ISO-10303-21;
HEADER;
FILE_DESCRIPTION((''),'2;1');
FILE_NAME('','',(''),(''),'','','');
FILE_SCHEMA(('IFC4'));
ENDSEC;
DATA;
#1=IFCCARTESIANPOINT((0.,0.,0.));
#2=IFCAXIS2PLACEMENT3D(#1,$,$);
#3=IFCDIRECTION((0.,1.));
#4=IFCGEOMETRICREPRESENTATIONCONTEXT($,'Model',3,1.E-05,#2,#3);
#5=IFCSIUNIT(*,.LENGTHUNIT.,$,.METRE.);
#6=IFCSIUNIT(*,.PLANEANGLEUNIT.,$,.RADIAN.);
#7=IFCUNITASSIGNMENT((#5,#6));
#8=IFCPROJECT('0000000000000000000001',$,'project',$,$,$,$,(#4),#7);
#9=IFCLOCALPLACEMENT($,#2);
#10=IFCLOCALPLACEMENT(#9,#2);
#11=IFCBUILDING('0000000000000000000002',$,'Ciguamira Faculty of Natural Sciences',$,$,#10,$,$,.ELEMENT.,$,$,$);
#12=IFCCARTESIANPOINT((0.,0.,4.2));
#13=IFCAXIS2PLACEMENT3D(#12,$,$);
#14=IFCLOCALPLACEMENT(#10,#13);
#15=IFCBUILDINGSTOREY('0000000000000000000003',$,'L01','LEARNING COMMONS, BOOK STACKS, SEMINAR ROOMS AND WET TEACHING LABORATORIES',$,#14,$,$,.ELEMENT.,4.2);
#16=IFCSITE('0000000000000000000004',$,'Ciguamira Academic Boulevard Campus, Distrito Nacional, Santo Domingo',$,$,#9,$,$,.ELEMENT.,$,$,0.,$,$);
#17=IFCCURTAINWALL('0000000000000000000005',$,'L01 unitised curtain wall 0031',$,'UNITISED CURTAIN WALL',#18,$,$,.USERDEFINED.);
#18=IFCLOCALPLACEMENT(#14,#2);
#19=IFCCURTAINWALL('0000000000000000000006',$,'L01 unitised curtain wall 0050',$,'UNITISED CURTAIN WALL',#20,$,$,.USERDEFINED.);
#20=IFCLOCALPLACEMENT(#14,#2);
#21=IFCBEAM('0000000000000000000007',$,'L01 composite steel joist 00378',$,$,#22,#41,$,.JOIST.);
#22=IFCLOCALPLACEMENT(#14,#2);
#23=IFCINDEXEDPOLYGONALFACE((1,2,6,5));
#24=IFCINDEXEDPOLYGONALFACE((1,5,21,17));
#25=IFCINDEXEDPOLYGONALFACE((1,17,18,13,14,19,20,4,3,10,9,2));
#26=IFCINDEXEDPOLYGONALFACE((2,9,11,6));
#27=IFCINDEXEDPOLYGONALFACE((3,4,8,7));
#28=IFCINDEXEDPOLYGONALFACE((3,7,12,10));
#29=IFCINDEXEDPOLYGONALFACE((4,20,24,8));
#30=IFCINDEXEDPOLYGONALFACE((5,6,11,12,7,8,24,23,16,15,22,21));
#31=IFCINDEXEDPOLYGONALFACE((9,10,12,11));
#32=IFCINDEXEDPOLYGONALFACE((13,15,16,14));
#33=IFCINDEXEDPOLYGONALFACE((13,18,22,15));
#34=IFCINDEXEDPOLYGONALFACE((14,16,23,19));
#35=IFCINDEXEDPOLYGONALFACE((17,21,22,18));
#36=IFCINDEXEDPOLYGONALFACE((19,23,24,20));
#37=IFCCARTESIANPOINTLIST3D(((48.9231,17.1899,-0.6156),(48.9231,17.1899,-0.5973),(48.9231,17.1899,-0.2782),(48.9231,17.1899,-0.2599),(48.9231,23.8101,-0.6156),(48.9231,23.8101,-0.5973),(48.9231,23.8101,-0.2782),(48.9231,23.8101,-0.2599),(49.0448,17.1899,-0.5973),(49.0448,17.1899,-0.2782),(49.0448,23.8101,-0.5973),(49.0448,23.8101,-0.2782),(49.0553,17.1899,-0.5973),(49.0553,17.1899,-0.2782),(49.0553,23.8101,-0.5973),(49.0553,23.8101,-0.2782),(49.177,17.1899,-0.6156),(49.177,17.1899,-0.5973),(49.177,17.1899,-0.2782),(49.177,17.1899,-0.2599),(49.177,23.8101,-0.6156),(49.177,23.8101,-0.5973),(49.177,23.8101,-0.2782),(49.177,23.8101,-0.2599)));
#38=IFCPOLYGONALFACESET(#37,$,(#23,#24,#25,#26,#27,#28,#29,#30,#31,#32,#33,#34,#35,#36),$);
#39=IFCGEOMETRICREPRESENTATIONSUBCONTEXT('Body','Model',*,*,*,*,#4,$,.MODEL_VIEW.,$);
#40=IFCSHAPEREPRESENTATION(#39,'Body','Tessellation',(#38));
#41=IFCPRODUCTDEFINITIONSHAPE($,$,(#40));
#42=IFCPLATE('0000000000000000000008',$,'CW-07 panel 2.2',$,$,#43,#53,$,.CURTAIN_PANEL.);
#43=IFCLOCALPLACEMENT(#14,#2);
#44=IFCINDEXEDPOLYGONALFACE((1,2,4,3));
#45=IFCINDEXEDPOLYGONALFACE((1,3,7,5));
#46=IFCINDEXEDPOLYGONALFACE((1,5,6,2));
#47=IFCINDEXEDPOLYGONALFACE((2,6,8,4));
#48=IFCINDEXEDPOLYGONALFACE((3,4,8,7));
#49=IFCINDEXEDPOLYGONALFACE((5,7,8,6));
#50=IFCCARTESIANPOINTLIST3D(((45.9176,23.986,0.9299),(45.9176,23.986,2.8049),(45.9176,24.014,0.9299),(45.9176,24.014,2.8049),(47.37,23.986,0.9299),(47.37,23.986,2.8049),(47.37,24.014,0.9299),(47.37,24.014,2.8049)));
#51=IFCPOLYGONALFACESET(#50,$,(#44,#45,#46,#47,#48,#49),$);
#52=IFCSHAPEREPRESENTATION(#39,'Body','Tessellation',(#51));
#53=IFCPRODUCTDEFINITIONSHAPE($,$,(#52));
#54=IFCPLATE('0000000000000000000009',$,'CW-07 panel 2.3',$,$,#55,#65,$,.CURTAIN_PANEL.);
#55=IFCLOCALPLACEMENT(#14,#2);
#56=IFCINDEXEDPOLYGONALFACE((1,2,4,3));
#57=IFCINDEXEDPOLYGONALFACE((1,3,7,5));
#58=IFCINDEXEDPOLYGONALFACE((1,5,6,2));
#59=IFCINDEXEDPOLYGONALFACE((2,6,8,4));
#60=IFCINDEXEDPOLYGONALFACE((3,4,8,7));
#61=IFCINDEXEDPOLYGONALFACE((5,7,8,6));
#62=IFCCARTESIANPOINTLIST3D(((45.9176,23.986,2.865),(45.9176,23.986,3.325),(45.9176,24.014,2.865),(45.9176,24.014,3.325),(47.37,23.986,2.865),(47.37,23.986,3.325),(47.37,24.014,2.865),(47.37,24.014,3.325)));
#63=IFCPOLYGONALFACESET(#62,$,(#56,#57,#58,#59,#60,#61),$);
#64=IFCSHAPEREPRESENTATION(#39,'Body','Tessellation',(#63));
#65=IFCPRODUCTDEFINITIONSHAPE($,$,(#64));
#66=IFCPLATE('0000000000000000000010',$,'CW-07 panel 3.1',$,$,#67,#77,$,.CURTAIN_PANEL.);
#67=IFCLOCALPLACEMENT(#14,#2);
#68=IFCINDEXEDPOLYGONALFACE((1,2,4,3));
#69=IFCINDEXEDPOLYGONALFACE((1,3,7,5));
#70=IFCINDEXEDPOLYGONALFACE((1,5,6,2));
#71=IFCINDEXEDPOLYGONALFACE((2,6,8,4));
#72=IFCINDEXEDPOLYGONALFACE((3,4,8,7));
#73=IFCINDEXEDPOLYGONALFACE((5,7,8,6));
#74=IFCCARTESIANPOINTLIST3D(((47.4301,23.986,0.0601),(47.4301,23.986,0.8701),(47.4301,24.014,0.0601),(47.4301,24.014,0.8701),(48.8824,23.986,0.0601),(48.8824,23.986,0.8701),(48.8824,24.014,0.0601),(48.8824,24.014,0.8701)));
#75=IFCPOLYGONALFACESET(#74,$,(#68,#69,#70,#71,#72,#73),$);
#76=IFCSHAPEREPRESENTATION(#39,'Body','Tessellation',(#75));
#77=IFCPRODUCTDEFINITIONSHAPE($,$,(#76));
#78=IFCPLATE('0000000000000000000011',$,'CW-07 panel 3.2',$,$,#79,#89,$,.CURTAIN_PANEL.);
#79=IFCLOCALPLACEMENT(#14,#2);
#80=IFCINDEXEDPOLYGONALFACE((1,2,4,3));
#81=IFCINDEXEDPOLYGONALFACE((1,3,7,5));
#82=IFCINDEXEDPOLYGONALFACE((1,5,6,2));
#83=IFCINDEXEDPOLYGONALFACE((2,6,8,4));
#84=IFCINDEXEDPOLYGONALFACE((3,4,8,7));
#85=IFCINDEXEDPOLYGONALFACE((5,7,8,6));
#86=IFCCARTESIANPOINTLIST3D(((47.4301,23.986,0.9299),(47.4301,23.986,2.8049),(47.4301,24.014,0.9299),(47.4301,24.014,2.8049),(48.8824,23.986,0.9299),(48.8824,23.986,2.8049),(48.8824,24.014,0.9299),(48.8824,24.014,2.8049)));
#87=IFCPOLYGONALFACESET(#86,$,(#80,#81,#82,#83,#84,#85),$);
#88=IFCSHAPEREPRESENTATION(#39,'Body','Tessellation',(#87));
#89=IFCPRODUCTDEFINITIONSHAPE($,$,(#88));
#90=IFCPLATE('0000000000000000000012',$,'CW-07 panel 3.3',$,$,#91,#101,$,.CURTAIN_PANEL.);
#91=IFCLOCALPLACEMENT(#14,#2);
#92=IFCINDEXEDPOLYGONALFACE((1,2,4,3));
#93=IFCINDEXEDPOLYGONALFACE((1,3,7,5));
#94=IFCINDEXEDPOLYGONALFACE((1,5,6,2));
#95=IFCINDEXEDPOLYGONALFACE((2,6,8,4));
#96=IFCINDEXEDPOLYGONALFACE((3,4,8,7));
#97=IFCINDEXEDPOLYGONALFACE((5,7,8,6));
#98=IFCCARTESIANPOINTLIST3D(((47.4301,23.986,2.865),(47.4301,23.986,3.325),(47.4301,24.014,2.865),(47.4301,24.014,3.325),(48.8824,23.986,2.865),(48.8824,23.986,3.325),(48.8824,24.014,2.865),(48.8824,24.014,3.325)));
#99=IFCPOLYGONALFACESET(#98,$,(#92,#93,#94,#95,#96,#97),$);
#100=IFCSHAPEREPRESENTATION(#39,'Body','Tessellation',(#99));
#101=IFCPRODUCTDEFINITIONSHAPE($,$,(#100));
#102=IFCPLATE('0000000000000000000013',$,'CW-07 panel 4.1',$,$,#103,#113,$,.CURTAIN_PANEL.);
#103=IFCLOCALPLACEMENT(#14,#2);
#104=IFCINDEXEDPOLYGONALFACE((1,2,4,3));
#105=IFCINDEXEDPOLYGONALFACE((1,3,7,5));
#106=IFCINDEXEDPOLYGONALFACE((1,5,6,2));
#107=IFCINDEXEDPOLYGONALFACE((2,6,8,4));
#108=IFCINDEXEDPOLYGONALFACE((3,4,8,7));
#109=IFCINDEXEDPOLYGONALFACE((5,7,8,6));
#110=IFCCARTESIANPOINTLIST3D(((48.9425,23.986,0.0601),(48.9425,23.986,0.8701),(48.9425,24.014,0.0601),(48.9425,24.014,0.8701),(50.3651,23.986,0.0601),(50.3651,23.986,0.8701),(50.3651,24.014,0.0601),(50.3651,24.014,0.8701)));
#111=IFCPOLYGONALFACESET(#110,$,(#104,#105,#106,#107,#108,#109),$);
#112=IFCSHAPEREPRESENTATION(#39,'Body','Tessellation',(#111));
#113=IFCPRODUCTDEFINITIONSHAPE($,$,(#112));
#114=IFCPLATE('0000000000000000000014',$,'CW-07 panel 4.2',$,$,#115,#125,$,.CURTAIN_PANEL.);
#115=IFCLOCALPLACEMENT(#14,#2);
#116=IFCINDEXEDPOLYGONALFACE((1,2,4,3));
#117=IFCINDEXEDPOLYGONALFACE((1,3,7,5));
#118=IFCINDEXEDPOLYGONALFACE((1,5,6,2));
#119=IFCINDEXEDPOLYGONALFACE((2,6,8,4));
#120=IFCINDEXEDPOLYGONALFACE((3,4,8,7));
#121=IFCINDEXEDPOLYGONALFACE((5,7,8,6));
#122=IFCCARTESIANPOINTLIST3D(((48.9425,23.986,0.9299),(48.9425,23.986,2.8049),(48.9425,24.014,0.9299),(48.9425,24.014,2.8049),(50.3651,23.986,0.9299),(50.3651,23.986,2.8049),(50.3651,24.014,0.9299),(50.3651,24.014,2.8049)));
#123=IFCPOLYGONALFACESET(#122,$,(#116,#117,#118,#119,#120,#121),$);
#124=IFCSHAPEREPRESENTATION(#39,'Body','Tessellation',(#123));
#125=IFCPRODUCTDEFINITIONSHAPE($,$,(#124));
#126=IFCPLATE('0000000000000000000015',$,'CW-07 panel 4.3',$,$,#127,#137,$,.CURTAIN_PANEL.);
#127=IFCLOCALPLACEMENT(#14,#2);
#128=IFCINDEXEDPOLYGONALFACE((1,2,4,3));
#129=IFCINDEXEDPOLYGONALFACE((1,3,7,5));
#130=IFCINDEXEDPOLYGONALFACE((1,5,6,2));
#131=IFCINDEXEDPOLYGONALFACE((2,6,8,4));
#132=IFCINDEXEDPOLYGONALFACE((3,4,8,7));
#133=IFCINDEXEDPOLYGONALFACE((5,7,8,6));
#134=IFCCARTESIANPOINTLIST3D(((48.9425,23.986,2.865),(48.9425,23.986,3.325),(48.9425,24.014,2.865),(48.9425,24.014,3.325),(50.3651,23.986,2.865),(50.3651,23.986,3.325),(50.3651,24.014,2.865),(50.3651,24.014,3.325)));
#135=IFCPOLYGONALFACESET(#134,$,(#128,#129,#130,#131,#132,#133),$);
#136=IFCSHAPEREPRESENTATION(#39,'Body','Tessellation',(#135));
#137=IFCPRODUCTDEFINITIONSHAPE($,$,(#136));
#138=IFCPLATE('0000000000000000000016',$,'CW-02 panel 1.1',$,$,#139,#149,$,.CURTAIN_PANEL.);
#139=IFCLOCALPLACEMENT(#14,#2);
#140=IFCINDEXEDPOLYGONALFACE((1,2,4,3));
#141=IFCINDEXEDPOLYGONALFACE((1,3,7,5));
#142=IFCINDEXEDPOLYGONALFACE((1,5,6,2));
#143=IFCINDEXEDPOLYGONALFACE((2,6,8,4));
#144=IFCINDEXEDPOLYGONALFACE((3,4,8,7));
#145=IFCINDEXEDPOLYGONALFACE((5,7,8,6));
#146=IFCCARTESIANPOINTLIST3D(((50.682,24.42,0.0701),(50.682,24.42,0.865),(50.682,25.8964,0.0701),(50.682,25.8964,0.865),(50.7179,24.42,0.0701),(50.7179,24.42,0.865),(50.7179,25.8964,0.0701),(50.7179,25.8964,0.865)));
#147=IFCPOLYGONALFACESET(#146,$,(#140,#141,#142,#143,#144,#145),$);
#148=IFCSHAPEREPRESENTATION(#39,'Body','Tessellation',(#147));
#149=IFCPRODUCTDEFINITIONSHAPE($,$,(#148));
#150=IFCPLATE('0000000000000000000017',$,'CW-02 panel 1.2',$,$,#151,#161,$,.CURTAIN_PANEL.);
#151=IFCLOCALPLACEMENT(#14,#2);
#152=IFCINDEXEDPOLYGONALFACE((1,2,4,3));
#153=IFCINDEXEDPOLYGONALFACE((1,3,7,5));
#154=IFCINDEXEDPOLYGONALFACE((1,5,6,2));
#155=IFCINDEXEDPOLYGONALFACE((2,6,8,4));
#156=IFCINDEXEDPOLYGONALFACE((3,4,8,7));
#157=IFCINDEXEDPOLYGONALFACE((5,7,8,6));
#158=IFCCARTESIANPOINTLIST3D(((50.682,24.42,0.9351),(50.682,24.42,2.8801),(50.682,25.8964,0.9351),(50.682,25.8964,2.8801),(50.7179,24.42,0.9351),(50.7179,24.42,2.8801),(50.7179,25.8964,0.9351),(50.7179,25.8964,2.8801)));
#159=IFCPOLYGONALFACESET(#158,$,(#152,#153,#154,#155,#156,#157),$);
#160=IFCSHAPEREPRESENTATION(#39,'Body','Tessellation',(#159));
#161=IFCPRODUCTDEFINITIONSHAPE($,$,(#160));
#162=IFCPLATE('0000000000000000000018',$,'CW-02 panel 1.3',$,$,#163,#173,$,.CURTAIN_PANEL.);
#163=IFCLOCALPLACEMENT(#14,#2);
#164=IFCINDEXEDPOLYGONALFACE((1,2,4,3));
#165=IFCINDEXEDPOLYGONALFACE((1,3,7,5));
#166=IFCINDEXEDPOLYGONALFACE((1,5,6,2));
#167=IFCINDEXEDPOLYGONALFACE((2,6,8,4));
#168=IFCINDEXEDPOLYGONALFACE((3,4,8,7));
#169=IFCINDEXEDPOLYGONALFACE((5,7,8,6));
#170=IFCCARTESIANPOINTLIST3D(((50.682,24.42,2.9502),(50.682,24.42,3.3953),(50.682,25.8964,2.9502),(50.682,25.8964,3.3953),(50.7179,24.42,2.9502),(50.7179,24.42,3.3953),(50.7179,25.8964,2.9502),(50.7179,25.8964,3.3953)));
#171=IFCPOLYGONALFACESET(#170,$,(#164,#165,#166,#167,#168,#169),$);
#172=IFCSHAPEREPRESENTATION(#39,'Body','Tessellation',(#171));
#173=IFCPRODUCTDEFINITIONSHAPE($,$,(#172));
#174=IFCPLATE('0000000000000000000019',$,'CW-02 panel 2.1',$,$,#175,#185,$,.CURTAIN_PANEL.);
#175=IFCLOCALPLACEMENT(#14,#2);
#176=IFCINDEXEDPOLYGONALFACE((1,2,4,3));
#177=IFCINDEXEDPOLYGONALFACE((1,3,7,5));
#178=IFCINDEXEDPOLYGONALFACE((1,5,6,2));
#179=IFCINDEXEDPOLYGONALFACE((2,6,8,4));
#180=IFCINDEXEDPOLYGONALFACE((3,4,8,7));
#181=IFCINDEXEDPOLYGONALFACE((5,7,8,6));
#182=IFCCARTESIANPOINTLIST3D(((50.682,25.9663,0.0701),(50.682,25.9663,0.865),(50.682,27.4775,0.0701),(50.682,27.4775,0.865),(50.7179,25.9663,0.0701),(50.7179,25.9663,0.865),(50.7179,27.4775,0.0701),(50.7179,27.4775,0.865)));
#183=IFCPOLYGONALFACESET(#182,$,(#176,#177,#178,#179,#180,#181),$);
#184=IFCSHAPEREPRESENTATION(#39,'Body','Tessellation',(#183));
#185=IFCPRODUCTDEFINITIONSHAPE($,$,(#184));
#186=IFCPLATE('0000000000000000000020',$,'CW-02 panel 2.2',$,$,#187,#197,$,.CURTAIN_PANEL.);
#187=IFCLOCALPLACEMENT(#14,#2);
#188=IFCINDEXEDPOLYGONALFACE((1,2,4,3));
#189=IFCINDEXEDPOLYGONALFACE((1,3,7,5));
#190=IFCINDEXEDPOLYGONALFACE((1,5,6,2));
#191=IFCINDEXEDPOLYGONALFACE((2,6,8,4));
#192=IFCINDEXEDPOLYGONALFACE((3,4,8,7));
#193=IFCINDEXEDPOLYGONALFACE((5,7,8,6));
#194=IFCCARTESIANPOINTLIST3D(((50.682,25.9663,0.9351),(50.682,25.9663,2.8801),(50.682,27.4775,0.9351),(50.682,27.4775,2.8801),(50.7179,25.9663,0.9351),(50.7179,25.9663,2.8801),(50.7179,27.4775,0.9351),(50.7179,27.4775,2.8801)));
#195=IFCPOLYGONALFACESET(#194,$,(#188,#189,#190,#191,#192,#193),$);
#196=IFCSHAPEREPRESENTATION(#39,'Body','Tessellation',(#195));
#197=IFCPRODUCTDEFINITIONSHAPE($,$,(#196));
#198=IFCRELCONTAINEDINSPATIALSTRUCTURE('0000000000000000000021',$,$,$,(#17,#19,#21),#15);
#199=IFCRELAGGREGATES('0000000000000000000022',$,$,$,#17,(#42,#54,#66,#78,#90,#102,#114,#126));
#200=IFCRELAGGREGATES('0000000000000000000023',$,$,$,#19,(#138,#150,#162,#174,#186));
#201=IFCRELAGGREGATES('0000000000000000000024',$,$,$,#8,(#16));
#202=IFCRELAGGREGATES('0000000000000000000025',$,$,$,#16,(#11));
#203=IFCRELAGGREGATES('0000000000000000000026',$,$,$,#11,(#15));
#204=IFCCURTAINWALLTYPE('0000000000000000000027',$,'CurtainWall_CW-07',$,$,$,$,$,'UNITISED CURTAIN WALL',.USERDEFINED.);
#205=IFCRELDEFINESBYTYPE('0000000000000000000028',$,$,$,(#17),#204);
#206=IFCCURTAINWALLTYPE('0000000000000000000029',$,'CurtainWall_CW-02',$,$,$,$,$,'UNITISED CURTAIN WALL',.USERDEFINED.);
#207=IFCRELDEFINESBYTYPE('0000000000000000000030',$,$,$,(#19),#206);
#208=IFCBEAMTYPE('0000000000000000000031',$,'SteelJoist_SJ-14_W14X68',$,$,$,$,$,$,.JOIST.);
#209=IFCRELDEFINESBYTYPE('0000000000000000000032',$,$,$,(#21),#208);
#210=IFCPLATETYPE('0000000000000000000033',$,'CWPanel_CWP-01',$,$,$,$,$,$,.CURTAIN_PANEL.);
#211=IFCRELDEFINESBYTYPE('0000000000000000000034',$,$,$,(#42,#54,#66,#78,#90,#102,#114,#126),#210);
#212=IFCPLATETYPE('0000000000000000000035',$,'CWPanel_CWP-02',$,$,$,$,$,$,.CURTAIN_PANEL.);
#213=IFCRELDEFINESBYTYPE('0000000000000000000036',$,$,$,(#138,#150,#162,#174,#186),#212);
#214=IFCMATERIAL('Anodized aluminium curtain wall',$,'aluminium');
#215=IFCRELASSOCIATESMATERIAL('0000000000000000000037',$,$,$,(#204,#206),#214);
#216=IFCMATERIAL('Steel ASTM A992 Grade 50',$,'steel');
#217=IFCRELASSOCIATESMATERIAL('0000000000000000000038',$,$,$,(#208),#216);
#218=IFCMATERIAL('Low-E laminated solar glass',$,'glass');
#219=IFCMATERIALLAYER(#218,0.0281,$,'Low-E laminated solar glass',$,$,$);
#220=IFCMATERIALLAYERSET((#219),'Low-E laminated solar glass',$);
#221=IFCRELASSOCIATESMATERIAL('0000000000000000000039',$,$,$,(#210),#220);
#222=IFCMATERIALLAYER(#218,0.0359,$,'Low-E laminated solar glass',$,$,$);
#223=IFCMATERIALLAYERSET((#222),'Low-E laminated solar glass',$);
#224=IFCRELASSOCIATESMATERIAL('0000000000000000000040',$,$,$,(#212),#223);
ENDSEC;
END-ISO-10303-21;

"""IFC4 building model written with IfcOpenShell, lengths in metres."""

from ifc_helpers import new_model, si_unit, direction, frame, origin, origin_2d, place, context, subcontext, project, spatial, rectangle, i_section, extrude, material, layer, layer_set, material_profile, profile_set, type_object, element, aggregate, save


model = new_model("IFC4")

# Units and contexts
model_context = context("Model", 3, precision=1e-05, world=origin(), true_north=direction((0.0, 1.0)))
body_context = subcontext(model_context, "Body", "Model", "MODEL_VIEW")
ifc_project = project(units=[si_unit("LENGTHUNIT", "METRE"), si_unit("PLANEANGLEUNIT", "RADIAN")], contexts=[model_context])

# Site, building, storey
site_placement = place(None, origin())
site = spatial("IfcSite", under=ifc_project, at=site_placement, Name="Ciguamira Academic Boulevard Campus, Distrito Nacional, Santo Domingo", CompositionType="ELEMENT", RefElevation=0.0)
building_placement = place(site_placement, origin())
building = spatial("IfcBuilding", under=site, at=building_placement, Name="Ciguamira Faculty of Natural Sciences", CompositionType="ELEMENT")
storey_placement = place(building_placement, frame((0.0, 0.0, 4.2)))
storey = spatial("IfcBuildingStorey", under=building, at=storey_placement, Name="L01", Description="LEARNING COMMONS, BOOK STACKS, SEMINAR ROOMS AND WET TEACHING LABORATORIES", CompositionType="ELEMENT", Elevation=4.2)

# Curtain walls
ifc_material_1 = material(Name="Anodized aluminium curtain wall", Category="aluminium")
curtain_wall_type_1 = type_object("IfcCurtainWallType", Name="CurtainWall_CW-07", ElementType="UNITISED CURTAIN WALL", PredefinedType="USERDEFINED", material=ifc_material_1)
curtain_wall_1_placement = place(storey_placement, origin())
curtain_wall_1 = element("IfcCurtainWall", 1, at=curtain_wall_1_placement, inside=storey, type_object=curtain_wall_type_1, Name="L01 unitised curtain wall 0031", ObjectType="UNITISED CURTAIN WALL", PredefinedType="USERDEFINED")
curtain_wall_type_2 = type_object("IfcCurtainWallType", Name="CurtainWall_CW-02", ElementType="UNITISED CURTAIN WALL", PredefinedType="USERDEFINED", material=ifc_material_1)
curtain_wall_2_placement = place(storey_placement, origin())
curtain_wall_2 = element("IfcCurtainWall", 2, at=curtain_wall_2_placement, inside=storey, type_object=curtain_wall_type_2, Name="L01 unitised curtain wall 0050", ObjectType="UNITISED CURTAIN WALL", PredefinedType="USERDEFINED")

# Beam
ifc_material_2 = material(Name="Steel ASTM A992 Grade 50", Category="steel")
ifc_material_profile_1 = material_profile(ifc_material_2, i_section(OverallWidth=0.2539, OverallDepth=0.3557, WebThickness=0.0105, FlangeThickness=0.0183, at=origin_2d()), Name="W14X68")
ifc_profile_set_1 = profile_set([ifc_material_profile_1], Name="Steel ASTM A992 Grade 50")
beam_type_1 = type_object("IfcBeamType", Name="SteelJoist_SJ-14_W14X68", PredefinedType="JOIST", material=ifc_profile_set_1)
beam_1_placement = place(storey_placement, frame((49.05, 17.1899, -0.4377), z_axis=(0.0, 1.0, 0.0), x_axis=(-1.0, 0.0, 0.0)))
element("IfcBeam", 3, at=beam_1_placement, inside=storey, type_object=beam_type_1, Name="L01 composite steel joist 00378", PredefinedType="JOIST", context=body_context, shape_type="SweptSolid", body=[
    extrude(i_section(OverallWidth=0.2539, OverallDepth=0.3557, WebThickness=0.0105, FlangeThickness=0.0183, at=origin_2d()), origin(), (0.0, 0.0, 1.0), 6.6201),
])

# Plates
ifc_material_3 = material(Name="Low-E laminated solar glass", Category="glass")
ifc_layer_1 = layer(ifc_material_3, 0.0281, Name="Low-E laminated solar glass")
ifc_layer_set_1 = layer_set([ifc_layer_1], Name="Low-E laminated solar glass")
plate_type_1 = type_object("IfcPlateType", Name="CWPanel_CWP-01", PredefinedType="CURTAIN_PANEL", material=ifc_layer_set_1)
plate_1_placement = place(storey_placement, frame((46.6438, 24.0, 0.9299), z_axis=(0.0, 0.0, 1.0), x_axis=(1.0, 0.0, 0.0)))
plate_1 = element("IfcPlate", 4, at=plate_1_placement, type_object=plate_type_1, Name="CW-07 panel 2.2", PredefinedType="CURTAIN_PANEL", context=body_context, shape_type="SweptSolid", body=[
    extrude(rectangle(XDim=1.4524, YDim=0.0281, at=origin_2d()), origin(), (0.0, 0.0, 1.0), 1.875),
])
plate_2_placement = place(storey_placement, frame((46.6438, 24.0, 2.865), z_axis=(0.0, 0.0, 1.0), x_axis=(1.0, 0.0, 0.0)))
plate_2 = element("IfcPlate", 5, at=plate_2_placement, type_object=plate_type_1, Name="CW-07 panel 2.3", PredefinedType="CURTAIN_PANEL", context=body_context, shape_type="SweptSolid", body=[
    extrude(rectangle(XDim=1.4524, YDim=0.0281, at=origin_2d()), origin(), (0.0, 0.0, 1.0), 0.46),
])
plate_3_placement = place(storey_placement, frame((48.1562, 24.0, 0.0601), z_axis=(0.0, 0.0, 1.0), x_axis=(1.0, 0.0, 0.0)))
plate_3 = element("IfcPlate", 6, at=plate_3_placement, type_object=plate_type_1, Name="CW-07 panel 3.1", PredefinedType="CURTAIN_PANEL", context=body_context, shape_type="SweptSolid", body=[
    extrude(rectangle(XDim=1.4524, YDim=0.0281, at=origin_2d()), origin(), (0.0, 0.0, 1.0), 0.8101),
])
plate_4_placement = place(storey_placement, frame((48.1562, 24.0, 0.9299), z_axis=(0.0, 0.0, 1.0), x_axis=(1.0, 0.0, 0.0)))
plate_4 = element("IfcPlate", 7, at=plate_4_placement, type_object=plate_type_1, Name="CW-07 panel 3.2", PredefinedType="CURTAIN_PANEL", context=body_context, shape_type="SweptSolid", body=[
    extrude(rectangle(XDim=1.4524, YDim=0.0281, at=origin_2d()), origin(), (0.0, 0.0, 1.0), 1.875),
])
plate_5_placement = place(storey_placement, frame((48.1562, 24.0, 2.865), z_axis=(0.0, 0.0, 1.0), x_axis=(1.0, 0.0, 0.0)))
plate_5 = element("IfcPlate", 8, at=plate_5_placement, type_object=plate_type_1, Name="CW-07 panel 3.3", PredefinedType="CURTAIN_PANEL", context=body_context, shape_type="SweptSolid", body=[
    extrude(rectangle(XDim=1.4524, YDim=0.0281, at=origin_2d()), origin(), (0.0, 0.0, 1.0), 0.46),
])
plate_6_placement = place(storey_placement, frame((49.6538, 24.0, 0.0601), z_axis=(0.0, 0.0, 1.0), x_axis=(1.0, 0.0, 0.0)))
plate_6 = element("IfcPlate", 9, at=plate_6_placement, type_object=plate_type_1, Name="CW-07 panel 4.1", PredefinedType="CURTAIN_PANEL", context=body_context, shape_type="SweptSolid", body=[
    extrude(rectangle(XDim=1.4226, YDim=0.0281, at=origin_2d()), origin(), (0.0, 0.0, 1.0), 0.8101),
])
plate_7_placement = place(storey_placement, frame((49.6538, 24.0, 0.9299), z_axis=(0.0, 0.0, 1.0), x_axis=(1.0, 0.0, 0.0)))
plate_7 = element("IfcPlate", 10, at=plate_7_placement, type_object=plate_type_1, Name="CW-07 panel 4.2", PredefinedType="CURTAIN_PANEL", context=body_context, shape_type="SweptSolid", body=[
    extrude(rectangle(XDim=1.4226, YDim=0.0281, at=origin_2d()), origin(), (0.0, 0.0, 1.0), 1.875),
])
plate_8_placement = place(storey_placement, frame((49.6538, 24.0, 2.865), z_axis=(0.0, 0.0, 1.0), x_axis=(1.0, 0.0, 0.0)))
plate_8 = element("IfcPlate", 11, at=plate_8_placement, type_object=plate_type_1, Name="CW-07 panel 4.3", PredefinedType="CURTAIN_PANEL", context=body_context, shape_type="SweptSolid", body=[
    extrude(rectangle(XDim=1.4226, YDim=0.0281, at=origin_2d()), origin(), (0.0, 0.0, 1.0), 0.46),
])
aggregate(curtain_wall_1, [plate_1, plate_2, plate_3, plate_4, plate_5, plate_6, plate_7, plate_8])
ifc_layer_2 = layer(ifc_material_3, 0.0359, Name="Low-E laminated solar glass")
ifc_layer_set_2 = layer_set([ifc_layer_2], Name="Low-E laminated solar glass")
plate_type_2 = type_object("IfcPlateType", Name="CWPanel_CWP-02", PredefinedType="CURTAIN_PANEL", material=ifc_layer_set_2)
plate_9_placement = place(storey_placement, frame((50.7, 25.1582, 0.0701), z_axis=(0.0, 0.0, 1.0), x_axis=(0.0, 1.0, 0.0)))
plate_9 = element("IfcPlate", 12, at=plate_9_placement, type_object=plate_type_2, Name="CW-02 panel 1.1", PredefinedType="CURTAIN_PANEL", context=body_context, shape_type="SweptSolid", body=[
    extrude(rectangle(XDim=1.4763, YDim=0.0359, at=origin_2d()), origin(), (0.0, 0.0, 1.0), 0.7949),
])
plate_10_placement = place(storey_placement, frame((50.7, 25.1582, 0.9351), z_axis=(0.0, 0.0, 1.0), x_axis=(0.0, 1.0, 0.0)))
plate_10 = element("IfcPlate", 13, at=plate_10_placement, type_object=plate_type_2, Name="CW-02 panel 1.2", PredefinedType="CURTAIN_PANEL", context=body_context, shape_type="SweptSolid", body=[
    extrude(rectangle(XDim=1.4763, YDim=0.0359, at=origin_2d()), origin(), (0.0, 0.0, 1.0), 1.9451),
])
plate_11_placement = place(storey_placement, frame((50.7, 25.1582, 2.9502), z_axis=(0.0, 0.0, 1.0), x_axis=(0.0, 1.0, 0.0)))
plate_11 = element("IfcPlate", 14, at=plate_11_placement, type_object=plate_type_2, Name="CW-02 panel 1.3", PredefinedType="CURTAIN_PANEL", context=body_context, shape_type="SweptSolid", body=[
    extrude(rectangle(XDim=1.4763, YDim=0.0359, at=origin_2d()), origin(), (0.0, 0.0, 1.0), 0.4451),
])
plate_12_placement = place(storey_placement, frame((50.7, 26.7219, 0.0701), z_axis=(0.0, 0.0, 1.0), x_axis=(0.0, 1.0, 0.0)))
plate_12 = element("IfcPlate", 15, at=plate_12_placement, type_object=plate_type_2, Name="CW-02 panel 2.1", PredefinedType="CURTAIN_PANEL", context=body_context, shape_type="SweptSolid", body=[
    extrude(rectangle(XDim=1.5112, YDim=0.0359, at=origin_2d()), origin(), (0.0, 0.0, 1.0), 0.7949),
])
plate_13_placement = place(storey_placement, frame((50.7, 26.7219, 0.9351), z_axis=(0.0, 0.0, 1.0), x_axis=(0.0, 1.0, 0.0)))
plate_13 = element("IfcPlate", 16, at=plate_13_placement, type_object=plate_type_2, Name="CW-02 panel 2.2", PredefinedType="CURTAIN_PANEL", context=body_context, shape_type="SweptSolid", body=[
    extrude(rectangle(XDim=1.5112, YDim=0.0359, at=origin_2d()), origin(), (0.0, 0.0, 1.0), 1.9451),
])
aggregate(curtain_wall_2, [plate_9, plate_10, plate_11, plate_12, plate_13])

save(model, "model.ifc")
